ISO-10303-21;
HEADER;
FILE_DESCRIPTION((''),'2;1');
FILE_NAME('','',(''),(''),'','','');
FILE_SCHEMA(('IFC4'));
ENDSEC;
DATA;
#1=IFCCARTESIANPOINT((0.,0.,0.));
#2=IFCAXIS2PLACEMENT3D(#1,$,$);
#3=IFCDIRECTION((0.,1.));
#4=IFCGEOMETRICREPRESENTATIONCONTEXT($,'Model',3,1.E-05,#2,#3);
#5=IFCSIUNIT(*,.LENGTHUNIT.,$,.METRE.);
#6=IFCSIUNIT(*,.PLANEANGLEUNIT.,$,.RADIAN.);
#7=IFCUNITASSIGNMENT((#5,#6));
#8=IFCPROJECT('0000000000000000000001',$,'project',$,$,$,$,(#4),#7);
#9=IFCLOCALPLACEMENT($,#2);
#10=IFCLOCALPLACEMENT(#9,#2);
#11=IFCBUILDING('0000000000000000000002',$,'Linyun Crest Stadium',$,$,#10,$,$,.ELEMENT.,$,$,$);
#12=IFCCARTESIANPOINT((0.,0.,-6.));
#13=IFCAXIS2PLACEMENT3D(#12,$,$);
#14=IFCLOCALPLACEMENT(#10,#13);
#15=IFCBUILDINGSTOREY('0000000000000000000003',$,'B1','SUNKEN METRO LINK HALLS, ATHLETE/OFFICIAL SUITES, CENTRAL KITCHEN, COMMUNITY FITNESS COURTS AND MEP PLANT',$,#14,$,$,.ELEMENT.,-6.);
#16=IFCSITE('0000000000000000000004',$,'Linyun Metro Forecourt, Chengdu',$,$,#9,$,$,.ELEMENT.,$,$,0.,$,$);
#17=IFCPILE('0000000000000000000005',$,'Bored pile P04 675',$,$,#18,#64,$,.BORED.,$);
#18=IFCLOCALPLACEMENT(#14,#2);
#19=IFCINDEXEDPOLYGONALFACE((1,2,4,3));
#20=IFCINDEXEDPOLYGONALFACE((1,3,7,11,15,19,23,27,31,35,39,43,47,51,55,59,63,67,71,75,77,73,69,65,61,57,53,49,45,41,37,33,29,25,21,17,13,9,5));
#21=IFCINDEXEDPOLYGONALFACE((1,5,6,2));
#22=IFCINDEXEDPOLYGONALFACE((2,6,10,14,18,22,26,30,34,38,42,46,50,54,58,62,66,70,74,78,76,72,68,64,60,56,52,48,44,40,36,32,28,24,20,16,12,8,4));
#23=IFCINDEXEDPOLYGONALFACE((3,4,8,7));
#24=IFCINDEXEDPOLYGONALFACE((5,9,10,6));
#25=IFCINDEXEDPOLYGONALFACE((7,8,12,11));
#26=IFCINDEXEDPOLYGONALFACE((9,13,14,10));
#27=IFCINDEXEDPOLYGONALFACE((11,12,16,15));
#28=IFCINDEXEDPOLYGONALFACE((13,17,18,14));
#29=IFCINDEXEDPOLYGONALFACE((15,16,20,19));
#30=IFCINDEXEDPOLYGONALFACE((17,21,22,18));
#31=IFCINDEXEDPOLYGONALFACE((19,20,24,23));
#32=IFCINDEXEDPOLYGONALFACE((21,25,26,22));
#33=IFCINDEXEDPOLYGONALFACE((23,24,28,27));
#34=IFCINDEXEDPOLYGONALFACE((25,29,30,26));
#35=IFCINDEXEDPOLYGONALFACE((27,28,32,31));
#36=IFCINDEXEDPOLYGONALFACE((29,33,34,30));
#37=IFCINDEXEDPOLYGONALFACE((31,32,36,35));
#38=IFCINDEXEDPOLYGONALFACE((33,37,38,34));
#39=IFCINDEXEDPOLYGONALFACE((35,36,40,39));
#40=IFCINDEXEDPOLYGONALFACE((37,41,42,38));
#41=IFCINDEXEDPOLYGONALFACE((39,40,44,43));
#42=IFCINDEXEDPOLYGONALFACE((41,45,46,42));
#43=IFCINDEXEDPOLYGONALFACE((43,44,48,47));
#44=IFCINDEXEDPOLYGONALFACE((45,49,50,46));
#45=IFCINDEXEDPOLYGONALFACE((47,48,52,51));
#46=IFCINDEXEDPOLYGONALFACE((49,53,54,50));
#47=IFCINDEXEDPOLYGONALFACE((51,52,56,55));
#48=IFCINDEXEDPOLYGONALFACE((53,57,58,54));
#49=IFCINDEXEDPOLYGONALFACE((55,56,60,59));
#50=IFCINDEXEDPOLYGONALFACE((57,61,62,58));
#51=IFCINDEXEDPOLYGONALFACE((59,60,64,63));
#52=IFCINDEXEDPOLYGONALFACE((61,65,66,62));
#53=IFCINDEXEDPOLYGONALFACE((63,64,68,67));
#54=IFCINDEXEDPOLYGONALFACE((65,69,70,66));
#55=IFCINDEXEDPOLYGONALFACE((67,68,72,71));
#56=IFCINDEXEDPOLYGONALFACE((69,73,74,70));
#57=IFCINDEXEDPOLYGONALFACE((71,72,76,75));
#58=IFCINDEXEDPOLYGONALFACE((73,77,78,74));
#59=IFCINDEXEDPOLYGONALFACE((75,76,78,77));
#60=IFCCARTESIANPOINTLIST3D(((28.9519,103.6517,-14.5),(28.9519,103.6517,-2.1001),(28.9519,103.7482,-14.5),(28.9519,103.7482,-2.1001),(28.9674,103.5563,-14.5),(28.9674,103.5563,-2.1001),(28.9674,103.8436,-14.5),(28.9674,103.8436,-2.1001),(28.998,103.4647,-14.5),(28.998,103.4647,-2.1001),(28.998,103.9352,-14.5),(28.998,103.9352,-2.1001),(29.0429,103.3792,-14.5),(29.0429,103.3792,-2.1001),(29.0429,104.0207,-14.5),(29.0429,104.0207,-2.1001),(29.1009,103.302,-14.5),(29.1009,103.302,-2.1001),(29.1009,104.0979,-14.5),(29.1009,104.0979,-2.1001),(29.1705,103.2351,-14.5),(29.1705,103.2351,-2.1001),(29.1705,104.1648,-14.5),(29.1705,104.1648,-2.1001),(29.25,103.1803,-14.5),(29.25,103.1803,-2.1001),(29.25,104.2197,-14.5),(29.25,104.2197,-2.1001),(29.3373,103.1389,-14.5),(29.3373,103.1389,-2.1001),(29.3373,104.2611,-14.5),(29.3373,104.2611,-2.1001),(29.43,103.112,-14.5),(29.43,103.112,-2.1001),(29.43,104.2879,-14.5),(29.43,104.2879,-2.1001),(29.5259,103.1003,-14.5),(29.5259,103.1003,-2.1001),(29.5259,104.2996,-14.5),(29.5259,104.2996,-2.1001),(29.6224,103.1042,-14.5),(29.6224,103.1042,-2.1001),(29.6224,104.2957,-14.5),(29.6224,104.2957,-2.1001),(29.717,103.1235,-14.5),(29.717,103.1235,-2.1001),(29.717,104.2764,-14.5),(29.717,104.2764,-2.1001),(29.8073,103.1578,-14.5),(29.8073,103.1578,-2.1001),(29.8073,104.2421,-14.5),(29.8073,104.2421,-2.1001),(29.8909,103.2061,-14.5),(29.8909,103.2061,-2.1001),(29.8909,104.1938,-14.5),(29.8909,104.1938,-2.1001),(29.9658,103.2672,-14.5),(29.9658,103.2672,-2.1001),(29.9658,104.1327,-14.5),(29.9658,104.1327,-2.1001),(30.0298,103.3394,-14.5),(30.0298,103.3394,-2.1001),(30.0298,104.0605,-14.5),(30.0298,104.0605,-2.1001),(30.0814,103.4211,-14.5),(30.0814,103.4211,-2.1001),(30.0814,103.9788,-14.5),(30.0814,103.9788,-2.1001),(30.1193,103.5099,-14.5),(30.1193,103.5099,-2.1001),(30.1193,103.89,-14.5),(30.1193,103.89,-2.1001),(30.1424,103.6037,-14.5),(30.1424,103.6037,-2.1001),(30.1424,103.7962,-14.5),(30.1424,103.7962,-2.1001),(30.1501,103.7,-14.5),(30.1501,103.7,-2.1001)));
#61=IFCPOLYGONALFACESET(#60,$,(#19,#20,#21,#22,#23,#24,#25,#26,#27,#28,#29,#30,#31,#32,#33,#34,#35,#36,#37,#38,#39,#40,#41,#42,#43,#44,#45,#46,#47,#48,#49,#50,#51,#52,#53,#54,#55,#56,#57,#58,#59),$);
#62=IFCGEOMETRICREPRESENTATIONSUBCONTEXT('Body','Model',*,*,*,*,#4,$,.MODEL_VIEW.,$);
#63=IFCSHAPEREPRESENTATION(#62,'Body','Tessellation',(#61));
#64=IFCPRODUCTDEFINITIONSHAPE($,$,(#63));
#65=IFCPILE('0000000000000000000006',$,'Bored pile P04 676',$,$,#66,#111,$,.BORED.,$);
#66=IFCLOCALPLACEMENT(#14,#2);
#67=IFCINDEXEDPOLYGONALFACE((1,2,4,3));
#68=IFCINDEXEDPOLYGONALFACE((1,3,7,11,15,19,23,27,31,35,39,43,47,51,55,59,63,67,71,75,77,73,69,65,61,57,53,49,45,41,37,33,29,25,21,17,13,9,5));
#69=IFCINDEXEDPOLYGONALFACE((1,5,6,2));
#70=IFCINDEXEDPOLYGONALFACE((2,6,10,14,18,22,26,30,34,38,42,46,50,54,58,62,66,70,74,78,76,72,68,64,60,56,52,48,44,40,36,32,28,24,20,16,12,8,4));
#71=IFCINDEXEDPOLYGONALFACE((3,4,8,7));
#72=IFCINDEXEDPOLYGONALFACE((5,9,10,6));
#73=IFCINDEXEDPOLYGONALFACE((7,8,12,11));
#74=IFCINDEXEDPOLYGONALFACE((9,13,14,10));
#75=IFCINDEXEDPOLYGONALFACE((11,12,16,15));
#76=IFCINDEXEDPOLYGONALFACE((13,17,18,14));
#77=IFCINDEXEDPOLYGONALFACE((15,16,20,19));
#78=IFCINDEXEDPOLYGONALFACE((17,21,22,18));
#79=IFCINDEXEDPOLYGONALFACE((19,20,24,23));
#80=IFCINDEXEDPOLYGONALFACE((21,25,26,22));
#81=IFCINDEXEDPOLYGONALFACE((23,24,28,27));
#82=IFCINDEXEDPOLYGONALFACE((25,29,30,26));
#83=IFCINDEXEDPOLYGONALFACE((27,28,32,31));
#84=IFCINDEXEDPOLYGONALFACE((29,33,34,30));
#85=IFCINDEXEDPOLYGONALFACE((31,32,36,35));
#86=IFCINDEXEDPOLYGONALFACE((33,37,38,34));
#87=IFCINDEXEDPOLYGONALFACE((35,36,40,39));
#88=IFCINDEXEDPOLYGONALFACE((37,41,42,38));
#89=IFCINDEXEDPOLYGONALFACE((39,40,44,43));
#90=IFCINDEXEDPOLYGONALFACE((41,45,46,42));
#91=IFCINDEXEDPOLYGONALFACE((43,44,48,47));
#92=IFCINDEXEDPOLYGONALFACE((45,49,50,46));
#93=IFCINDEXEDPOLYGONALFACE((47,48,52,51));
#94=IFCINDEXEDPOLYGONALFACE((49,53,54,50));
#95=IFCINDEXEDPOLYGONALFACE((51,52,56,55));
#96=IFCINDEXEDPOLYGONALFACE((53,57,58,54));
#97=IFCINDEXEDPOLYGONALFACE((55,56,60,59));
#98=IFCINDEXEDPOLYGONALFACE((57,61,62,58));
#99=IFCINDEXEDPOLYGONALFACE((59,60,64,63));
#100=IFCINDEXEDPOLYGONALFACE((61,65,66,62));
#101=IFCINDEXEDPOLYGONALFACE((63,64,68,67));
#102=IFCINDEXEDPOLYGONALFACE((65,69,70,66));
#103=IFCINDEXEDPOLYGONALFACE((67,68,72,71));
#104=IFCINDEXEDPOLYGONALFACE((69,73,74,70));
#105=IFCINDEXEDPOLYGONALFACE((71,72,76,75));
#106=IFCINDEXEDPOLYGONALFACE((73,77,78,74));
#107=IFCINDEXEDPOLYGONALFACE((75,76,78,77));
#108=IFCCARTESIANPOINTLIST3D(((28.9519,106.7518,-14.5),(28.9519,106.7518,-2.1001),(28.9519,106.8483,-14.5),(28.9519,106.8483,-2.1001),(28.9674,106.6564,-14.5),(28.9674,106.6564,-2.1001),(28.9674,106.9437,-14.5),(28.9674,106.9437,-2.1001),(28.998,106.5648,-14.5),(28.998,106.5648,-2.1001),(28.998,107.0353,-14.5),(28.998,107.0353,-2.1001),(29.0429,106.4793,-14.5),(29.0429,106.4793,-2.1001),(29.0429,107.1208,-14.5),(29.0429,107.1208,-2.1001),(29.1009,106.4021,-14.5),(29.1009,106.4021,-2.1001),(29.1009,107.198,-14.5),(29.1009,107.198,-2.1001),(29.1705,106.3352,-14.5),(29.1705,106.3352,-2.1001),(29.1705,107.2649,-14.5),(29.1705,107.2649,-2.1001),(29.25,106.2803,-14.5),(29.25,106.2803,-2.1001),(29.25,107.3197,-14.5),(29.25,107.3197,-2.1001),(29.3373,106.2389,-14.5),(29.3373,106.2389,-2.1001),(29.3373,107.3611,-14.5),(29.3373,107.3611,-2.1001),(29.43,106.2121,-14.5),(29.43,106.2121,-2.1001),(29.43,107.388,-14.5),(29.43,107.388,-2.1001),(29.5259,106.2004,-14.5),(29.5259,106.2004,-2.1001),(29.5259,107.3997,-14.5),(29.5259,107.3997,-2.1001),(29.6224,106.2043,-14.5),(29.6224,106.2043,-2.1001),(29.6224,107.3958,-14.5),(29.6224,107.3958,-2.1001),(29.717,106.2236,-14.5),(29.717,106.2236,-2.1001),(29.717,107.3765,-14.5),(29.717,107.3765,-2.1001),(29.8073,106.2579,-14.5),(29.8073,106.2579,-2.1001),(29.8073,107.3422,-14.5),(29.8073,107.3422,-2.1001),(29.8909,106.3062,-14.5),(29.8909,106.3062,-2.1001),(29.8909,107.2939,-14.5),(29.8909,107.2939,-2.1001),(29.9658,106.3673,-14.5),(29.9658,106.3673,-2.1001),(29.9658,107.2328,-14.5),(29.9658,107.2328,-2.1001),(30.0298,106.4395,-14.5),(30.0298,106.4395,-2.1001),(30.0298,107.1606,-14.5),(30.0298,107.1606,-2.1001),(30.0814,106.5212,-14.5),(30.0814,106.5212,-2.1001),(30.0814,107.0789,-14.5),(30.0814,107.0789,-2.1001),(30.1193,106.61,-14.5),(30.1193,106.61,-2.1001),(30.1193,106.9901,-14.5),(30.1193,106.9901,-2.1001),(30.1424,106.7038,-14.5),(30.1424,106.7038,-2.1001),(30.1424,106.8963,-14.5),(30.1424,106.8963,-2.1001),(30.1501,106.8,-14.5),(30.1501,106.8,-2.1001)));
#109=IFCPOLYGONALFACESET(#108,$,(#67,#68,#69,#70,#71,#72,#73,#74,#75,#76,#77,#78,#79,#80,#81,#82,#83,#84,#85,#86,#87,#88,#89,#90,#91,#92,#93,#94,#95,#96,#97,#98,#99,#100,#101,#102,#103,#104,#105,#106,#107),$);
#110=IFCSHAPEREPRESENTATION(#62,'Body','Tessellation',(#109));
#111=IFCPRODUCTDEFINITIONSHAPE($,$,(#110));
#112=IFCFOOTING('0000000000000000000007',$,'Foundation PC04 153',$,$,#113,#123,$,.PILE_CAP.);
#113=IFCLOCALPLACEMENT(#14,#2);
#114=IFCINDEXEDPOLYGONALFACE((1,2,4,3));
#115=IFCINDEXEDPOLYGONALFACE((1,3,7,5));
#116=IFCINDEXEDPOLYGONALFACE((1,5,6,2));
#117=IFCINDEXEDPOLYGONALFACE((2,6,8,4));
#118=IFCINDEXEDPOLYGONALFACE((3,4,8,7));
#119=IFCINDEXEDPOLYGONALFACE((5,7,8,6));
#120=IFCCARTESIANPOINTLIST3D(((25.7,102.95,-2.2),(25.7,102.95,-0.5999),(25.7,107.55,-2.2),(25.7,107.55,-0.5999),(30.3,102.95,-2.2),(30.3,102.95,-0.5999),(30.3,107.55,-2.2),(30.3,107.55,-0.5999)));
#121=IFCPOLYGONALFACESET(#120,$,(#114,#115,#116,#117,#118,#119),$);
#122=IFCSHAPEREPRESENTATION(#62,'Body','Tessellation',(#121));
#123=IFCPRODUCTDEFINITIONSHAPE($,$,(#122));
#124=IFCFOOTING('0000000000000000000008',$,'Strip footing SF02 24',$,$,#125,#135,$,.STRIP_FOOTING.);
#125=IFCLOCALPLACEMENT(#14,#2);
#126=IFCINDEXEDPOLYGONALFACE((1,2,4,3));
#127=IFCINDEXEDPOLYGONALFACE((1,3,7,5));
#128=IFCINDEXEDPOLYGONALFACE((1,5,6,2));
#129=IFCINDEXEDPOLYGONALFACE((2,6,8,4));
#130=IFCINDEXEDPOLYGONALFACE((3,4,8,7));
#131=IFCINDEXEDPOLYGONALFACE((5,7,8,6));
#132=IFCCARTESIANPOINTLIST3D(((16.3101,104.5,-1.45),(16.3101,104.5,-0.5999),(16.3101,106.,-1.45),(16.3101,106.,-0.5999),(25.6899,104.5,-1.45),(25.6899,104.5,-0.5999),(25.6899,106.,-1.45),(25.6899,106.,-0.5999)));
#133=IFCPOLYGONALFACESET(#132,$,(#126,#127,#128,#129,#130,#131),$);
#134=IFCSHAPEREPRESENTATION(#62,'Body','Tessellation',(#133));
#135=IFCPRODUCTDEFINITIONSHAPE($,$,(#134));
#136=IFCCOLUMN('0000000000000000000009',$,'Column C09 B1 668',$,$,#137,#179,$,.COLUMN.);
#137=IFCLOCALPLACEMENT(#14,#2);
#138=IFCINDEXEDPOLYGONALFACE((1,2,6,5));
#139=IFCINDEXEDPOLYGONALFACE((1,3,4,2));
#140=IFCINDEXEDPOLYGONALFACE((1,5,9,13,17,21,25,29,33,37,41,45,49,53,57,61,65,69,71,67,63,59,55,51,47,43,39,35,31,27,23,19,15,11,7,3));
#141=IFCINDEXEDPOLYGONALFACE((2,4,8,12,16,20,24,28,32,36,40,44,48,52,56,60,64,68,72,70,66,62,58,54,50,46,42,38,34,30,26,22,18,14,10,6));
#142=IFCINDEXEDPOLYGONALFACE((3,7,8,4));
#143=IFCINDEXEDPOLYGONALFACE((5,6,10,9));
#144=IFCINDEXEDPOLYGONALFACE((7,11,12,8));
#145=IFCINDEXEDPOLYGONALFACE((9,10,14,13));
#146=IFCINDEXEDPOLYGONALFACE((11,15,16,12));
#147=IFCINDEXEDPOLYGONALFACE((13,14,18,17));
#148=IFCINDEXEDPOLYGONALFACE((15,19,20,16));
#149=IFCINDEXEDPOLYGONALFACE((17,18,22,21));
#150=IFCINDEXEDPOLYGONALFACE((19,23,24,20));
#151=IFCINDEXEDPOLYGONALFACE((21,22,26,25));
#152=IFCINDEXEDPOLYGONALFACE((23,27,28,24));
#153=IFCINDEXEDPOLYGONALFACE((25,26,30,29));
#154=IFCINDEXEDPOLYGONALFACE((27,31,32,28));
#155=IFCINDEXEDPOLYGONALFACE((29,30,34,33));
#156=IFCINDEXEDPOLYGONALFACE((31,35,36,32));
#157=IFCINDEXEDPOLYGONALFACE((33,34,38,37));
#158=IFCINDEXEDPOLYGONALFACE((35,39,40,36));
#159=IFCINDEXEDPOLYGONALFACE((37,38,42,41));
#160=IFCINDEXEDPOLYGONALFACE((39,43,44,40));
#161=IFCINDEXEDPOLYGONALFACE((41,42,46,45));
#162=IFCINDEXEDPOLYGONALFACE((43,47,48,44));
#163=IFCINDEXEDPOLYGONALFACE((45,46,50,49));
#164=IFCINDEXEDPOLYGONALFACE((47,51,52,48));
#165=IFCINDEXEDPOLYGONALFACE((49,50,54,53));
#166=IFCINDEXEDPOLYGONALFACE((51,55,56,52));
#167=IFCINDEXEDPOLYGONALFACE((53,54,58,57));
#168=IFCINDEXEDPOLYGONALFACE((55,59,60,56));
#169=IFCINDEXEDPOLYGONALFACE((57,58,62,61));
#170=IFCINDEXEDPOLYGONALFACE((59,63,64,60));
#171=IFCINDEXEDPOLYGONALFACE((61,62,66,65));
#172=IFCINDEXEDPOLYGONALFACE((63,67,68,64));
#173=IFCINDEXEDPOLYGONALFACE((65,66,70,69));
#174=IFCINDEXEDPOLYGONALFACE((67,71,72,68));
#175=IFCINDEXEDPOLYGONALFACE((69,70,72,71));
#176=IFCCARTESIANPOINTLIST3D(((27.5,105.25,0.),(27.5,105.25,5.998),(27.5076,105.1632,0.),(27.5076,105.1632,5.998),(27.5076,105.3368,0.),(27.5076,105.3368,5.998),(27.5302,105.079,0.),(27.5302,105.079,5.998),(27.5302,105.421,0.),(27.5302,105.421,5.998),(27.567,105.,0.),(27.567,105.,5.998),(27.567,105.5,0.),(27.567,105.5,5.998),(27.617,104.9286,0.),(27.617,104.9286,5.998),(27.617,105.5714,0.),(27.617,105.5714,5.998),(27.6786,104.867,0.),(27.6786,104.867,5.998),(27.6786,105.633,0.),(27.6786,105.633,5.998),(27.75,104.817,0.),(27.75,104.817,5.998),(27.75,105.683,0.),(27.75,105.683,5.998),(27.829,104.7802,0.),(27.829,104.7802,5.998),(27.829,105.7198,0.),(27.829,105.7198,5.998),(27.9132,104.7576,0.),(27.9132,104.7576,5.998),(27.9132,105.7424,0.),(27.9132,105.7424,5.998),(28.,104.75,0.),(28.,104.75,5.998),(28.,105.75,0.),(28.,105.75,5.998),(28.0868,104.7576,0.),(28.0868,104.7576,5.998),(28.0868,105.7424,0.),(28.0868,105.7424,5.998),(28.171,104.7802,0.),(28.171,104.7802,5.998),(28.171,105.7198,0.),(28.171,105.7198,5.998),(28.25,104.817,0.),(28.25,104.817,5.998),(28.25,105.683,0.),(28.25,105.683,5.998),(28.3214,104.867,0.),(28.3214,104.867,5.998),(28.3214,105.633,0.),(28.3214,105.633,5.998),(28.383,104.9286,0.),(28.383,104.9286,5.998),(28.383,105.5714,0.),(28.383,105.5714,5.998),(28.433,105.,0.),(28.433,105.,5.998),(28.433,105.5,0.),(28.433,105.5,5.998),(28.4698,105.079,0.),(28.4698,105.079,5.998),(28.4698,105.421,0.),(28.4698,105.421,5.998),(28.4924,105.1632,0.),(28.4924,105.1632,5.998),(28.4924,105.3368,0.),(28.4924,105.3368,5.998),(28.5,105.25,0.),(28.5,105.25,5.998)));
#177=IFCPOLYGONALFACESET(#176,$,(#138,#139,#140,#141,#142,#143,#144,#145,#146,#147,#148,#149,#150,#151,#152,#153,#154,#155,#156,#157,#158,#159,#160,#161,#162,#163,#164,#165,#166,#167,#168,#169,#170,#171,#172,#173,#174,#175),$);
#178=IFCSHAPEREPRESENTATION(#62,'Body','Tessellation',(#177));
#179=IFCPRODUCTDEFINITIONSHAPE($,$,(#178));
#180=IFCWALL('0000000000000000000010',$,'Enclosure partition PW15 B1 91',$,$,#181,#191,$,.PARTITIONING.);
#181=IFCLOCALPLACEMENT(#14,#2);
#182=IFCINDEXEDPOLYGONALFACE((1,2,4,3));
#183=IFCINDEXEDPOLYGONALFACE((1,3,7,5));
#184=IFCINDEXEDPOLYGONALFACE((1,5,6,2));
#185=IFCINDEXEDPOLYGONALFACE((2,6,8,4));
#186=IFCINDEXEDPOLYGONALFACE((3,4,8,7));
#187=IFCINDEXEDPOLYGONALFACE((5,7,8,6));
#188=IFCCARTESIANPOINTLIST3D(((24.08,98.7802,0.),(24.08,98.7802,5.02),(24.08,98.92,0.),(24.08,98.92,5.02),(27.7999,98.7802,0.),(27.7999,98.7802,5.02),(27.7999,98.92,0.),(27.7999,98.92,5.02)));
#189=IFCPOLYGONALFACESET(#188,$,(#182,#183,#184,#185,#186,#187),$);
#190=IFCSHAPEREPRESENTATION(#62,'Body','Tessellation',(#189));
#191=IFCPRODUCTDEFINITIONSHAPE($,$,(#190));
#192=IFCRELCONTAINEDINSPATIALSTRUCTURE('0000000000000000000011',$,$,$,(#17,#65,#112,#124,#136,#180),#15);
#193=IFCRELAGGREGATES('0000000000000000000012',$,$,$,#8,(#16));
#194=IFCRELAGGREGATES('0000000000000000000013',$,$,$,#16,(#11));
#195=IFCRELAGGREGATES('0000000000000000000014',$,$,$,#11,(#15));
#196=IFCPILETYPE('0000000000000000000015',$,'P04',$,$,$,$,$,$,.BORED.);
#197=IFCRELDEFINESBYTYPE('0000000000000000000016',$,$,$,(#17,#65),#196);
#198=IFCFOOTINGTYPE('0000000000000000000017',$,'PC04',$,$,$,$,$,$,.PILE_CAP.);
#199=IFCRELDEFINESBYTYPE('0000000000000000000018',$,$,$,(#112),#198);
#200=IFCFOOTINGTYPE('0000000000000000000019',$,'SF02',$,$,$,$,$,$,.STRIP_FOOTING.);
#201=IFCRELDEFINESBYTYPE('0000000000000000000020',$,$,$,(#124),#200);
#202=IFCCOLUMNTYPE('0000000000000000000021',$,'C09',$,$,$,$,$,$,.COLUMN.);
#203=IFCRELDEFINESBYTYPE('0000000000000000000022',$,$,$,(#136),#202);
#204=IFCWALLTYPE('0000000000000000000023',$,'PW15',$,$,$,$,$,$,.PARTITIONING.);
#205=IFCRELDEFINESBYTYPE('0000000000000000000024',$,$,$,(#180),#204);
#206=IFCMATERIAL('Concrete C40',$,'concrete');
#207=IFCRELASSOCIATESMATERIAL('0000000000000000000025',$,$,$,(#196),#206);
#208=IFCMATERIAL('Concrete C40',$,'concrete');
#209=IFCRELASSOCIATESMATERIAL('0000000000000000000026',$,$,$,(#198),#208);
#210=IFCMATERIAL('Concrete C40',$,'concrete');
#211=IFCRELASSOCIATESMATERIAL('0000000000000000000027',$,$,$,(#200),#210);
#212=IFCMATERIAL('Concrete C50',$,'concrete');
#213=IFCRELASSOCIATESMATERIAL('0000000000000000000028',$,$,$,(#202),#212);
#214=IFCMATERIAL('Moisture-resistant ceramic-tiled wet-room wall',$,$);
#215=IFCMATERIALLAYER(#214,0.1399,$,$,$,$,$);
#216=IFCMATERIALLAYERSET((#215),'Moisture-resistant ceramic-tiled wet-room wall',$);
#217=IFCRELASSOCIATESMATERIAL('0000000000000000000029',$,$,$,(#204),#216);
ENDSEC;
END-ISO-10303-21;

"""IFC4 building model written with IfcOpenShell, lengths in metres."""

from ifc_helpers import new_model, si_unit, direction, frame, frame_2d, origin, origin_2d, place, context, subcontext, project, spatial, rectangle, circle, extrude, material, layer, layer_set, material_profile, profile_set, type_object, element, save


model = new_model("IFC4")

# Units and contexts
model_context = context("Model", 3, precision=1e-05, world=origin(), true_north=direction((0.0, 1.0)))
body_context = subcontext(model_context, "Body", "Model", "MODEL_VIEW")
ifc_project = project(units=[si_unit("LENGTHUNIT", "METRE"), si_unit("PLANEANGLEUNIT", "RADIAN")], contexts=[model_context])

# Site, building, storey
site_placement = place(None, origin())
site = spatial("IfcSite", under=ifc_project, at=site_placement, Name="Linyun Metro Forecourt, Chengdu", CompositionType="ELEMENT", RefElevation=0.0)
building_placement = place(site_placement, origin())
building = spatial("IfcBuilding", under=site, at=building_placement, Name="Linyun Crest Stadium", CompositionType="ELEMENT")
storey_placement = place(building_placement, frame((0.0, 0.0, -6.0)))
storey = spatial("IfcBuildingStorey", under=building, at=storey_placement, Name="B1", Description="SUNKEN METRO LINK HALLS, ATHLETE/OFFICIAL SUITES, CENTRAL KITCHEN, COMMUNITY FITNESS COURTS AND MEP PLANT", CompositionType="ELEMENT", Elevation=-6.0)

# Piles
ifc_material_1 = material(Name="Concrete C40", Category="concrete")
ifc_material_profile_1 = material_profile(ifc_material_1, circle(Radius=0.6001, at=origin_2d()), Name="BORED PILE 1200")
ifc_profile_set_1 = profile_set([ifc_material_profile_1], Name="Concrete C40")
pile_type = type_object("IfcPileType", Name="P04", PredefinedType="BORED", material=ifc_profile_set_1)
for number, where, z_axis, x_axis, name in (
    (1, (29.55, 103.7, -2.1001), (0.0, 0.0, -1.0), (1.0, 0.0, 0.0), "Bored pile P04 675"),
    (2, (29.55, 106.8, -2.1001), (0.0, 0.0, -1.0), (1.0, 0.0, 0.0), "Bored pile P04 676"),
):
    element("IfcPile", number, at=place(storey_placement, frame(where, z_axis=z_axis, x_axis=x_axis)), inside=storey, type_object=pile_type, Name=name, PredefinedType="BORED", context=body_context, shape_type="SweptSolid", body=[
        extrude(circle(Radius=0.6001, at=origin_2d()), origin(), (0.0, 0.0, 1.0), 12.3999),
    ])

# Footings
ifc_material_2 = material(Name="Concrete C40", Category="concrete")
footing_type_1 = type_object("IfcFootingType", Name="PC04", PredefinedType="PILE_CAP", material=ifc_material_2)
footing_1_placement = place(storey_placement, frame((28.0, 105.25, -2.2), z_axis=(0.0, 0.0, 1.0), x_axis=(1.0, 0.0, 0.0)))
element("IfcFooting", 3, at=footing_1_placement, inside=storey, type_object=footing_type_1, Name="Foundation PC04 153", PredefinedType="PILE_CAP", context=body_context, shape_type="SweptSolid", body=[
    extrude(rectangle(XDim=4.6001, YDim=4.6001, at=origin_2d()), origin(), (0.0, 0.0, 1.0), 1.6001),
])
ifc_material_3 = material(Name="Concrete C40", Category="concrete")
footing_type_2 = type_object("IfcFootingType", Name="SF02", PredefinedType="STRIP_FOOTING", material=ifc_material_3)
footing_2_placement = place(storey_placement, frame((21.0, 105.25, -1.45), z_axis=(0.0, 0.0, 1.0), x_axis=(1.0, 0.0, 0.0)))
element("IfcFooting", 4, at=footing_2_placement, inside=storey, type_object=footing_type_2, Name="Strip footing SF02 24", PredefinedType="STRIP_FOOTING", context=body_context, shape_type="SweptSolid", body=[
    extrude(rectangle(XDim=9.3799, YDim=1.5, at=origin_2d()), origin(), (0.0, 0.0, 1.0), 0.8501),
])

# Column
ifc_material_4 = material(Name="Concrete C50", Category="concrete")
ifc_material_profile_2 = material_profile(ifc_material_4, circle(Radius=0.5, at=origin_2d()), Name="RC D1000")
ifc_profile_set_2 = profile_set([ifc_material_profile_2], Name="Concrete C50")
column_type = type_object("IfcColumnType", Name="C09", PredefinedType="COLUMN", material=ifc_profile_set_2)
column_placement = place(storey_placement, frame((28.0, 105.25, 0.0), z_axis=(0.0, 0.0, 1.0), x_axis=(1.0, 0.0, 0.0)))
element("IfcColumn", 5, at=column_placement, inside=storey, type_object=column_type, Name="Column C09 B1 668", PredefinedType="COLUMN", context=body_context, shape_type="SweptSolid", body=[
    extrude(circle(Radius=0.5, at=origin_2d()), origin(), (0.0, 0.0, 1.0), 5.998),
])

# Shared definitions
ifc_material_5 = material(Name="Moisture-resistant ceramic-tiled wet-room wall")
ifc_layer_1 = layer(ifc_material_5, 0.1399)
ifc_layer_set_1 = layer_set([ifc_layer_1], Name="Moisture-resistant ceramic-tiled wet-room wall")
wall_type_1 = type_object("IfcWallType", Name="PW15", PredefinedType="PARTITIONING", material=ifc_layer_set_1)

# Wall
wall_1_placement = place(storey_placement, frame((24.0801, 98.8501, 0.0), z_axis=(0.0, 0.0, 1.0), x_axis=(1.0, 0.0, 0.0)))
element("IfcWall", 6, at=wall_1_placement, inside=storey, type_object=wall_type_1, Name="Enclosure partition PW15 B1 91", PredefinedType="PARTITIONING", context=body_context, shape_type="SweptSolid", body=[
    extrude(rectangle(XDim=3.72, YDim=0.1399, at=frame_2d((1.8599, 0.0))), origin(), (0.0, 0.0, 1.0), 5.02),
])

save(model, "model.ifc")
